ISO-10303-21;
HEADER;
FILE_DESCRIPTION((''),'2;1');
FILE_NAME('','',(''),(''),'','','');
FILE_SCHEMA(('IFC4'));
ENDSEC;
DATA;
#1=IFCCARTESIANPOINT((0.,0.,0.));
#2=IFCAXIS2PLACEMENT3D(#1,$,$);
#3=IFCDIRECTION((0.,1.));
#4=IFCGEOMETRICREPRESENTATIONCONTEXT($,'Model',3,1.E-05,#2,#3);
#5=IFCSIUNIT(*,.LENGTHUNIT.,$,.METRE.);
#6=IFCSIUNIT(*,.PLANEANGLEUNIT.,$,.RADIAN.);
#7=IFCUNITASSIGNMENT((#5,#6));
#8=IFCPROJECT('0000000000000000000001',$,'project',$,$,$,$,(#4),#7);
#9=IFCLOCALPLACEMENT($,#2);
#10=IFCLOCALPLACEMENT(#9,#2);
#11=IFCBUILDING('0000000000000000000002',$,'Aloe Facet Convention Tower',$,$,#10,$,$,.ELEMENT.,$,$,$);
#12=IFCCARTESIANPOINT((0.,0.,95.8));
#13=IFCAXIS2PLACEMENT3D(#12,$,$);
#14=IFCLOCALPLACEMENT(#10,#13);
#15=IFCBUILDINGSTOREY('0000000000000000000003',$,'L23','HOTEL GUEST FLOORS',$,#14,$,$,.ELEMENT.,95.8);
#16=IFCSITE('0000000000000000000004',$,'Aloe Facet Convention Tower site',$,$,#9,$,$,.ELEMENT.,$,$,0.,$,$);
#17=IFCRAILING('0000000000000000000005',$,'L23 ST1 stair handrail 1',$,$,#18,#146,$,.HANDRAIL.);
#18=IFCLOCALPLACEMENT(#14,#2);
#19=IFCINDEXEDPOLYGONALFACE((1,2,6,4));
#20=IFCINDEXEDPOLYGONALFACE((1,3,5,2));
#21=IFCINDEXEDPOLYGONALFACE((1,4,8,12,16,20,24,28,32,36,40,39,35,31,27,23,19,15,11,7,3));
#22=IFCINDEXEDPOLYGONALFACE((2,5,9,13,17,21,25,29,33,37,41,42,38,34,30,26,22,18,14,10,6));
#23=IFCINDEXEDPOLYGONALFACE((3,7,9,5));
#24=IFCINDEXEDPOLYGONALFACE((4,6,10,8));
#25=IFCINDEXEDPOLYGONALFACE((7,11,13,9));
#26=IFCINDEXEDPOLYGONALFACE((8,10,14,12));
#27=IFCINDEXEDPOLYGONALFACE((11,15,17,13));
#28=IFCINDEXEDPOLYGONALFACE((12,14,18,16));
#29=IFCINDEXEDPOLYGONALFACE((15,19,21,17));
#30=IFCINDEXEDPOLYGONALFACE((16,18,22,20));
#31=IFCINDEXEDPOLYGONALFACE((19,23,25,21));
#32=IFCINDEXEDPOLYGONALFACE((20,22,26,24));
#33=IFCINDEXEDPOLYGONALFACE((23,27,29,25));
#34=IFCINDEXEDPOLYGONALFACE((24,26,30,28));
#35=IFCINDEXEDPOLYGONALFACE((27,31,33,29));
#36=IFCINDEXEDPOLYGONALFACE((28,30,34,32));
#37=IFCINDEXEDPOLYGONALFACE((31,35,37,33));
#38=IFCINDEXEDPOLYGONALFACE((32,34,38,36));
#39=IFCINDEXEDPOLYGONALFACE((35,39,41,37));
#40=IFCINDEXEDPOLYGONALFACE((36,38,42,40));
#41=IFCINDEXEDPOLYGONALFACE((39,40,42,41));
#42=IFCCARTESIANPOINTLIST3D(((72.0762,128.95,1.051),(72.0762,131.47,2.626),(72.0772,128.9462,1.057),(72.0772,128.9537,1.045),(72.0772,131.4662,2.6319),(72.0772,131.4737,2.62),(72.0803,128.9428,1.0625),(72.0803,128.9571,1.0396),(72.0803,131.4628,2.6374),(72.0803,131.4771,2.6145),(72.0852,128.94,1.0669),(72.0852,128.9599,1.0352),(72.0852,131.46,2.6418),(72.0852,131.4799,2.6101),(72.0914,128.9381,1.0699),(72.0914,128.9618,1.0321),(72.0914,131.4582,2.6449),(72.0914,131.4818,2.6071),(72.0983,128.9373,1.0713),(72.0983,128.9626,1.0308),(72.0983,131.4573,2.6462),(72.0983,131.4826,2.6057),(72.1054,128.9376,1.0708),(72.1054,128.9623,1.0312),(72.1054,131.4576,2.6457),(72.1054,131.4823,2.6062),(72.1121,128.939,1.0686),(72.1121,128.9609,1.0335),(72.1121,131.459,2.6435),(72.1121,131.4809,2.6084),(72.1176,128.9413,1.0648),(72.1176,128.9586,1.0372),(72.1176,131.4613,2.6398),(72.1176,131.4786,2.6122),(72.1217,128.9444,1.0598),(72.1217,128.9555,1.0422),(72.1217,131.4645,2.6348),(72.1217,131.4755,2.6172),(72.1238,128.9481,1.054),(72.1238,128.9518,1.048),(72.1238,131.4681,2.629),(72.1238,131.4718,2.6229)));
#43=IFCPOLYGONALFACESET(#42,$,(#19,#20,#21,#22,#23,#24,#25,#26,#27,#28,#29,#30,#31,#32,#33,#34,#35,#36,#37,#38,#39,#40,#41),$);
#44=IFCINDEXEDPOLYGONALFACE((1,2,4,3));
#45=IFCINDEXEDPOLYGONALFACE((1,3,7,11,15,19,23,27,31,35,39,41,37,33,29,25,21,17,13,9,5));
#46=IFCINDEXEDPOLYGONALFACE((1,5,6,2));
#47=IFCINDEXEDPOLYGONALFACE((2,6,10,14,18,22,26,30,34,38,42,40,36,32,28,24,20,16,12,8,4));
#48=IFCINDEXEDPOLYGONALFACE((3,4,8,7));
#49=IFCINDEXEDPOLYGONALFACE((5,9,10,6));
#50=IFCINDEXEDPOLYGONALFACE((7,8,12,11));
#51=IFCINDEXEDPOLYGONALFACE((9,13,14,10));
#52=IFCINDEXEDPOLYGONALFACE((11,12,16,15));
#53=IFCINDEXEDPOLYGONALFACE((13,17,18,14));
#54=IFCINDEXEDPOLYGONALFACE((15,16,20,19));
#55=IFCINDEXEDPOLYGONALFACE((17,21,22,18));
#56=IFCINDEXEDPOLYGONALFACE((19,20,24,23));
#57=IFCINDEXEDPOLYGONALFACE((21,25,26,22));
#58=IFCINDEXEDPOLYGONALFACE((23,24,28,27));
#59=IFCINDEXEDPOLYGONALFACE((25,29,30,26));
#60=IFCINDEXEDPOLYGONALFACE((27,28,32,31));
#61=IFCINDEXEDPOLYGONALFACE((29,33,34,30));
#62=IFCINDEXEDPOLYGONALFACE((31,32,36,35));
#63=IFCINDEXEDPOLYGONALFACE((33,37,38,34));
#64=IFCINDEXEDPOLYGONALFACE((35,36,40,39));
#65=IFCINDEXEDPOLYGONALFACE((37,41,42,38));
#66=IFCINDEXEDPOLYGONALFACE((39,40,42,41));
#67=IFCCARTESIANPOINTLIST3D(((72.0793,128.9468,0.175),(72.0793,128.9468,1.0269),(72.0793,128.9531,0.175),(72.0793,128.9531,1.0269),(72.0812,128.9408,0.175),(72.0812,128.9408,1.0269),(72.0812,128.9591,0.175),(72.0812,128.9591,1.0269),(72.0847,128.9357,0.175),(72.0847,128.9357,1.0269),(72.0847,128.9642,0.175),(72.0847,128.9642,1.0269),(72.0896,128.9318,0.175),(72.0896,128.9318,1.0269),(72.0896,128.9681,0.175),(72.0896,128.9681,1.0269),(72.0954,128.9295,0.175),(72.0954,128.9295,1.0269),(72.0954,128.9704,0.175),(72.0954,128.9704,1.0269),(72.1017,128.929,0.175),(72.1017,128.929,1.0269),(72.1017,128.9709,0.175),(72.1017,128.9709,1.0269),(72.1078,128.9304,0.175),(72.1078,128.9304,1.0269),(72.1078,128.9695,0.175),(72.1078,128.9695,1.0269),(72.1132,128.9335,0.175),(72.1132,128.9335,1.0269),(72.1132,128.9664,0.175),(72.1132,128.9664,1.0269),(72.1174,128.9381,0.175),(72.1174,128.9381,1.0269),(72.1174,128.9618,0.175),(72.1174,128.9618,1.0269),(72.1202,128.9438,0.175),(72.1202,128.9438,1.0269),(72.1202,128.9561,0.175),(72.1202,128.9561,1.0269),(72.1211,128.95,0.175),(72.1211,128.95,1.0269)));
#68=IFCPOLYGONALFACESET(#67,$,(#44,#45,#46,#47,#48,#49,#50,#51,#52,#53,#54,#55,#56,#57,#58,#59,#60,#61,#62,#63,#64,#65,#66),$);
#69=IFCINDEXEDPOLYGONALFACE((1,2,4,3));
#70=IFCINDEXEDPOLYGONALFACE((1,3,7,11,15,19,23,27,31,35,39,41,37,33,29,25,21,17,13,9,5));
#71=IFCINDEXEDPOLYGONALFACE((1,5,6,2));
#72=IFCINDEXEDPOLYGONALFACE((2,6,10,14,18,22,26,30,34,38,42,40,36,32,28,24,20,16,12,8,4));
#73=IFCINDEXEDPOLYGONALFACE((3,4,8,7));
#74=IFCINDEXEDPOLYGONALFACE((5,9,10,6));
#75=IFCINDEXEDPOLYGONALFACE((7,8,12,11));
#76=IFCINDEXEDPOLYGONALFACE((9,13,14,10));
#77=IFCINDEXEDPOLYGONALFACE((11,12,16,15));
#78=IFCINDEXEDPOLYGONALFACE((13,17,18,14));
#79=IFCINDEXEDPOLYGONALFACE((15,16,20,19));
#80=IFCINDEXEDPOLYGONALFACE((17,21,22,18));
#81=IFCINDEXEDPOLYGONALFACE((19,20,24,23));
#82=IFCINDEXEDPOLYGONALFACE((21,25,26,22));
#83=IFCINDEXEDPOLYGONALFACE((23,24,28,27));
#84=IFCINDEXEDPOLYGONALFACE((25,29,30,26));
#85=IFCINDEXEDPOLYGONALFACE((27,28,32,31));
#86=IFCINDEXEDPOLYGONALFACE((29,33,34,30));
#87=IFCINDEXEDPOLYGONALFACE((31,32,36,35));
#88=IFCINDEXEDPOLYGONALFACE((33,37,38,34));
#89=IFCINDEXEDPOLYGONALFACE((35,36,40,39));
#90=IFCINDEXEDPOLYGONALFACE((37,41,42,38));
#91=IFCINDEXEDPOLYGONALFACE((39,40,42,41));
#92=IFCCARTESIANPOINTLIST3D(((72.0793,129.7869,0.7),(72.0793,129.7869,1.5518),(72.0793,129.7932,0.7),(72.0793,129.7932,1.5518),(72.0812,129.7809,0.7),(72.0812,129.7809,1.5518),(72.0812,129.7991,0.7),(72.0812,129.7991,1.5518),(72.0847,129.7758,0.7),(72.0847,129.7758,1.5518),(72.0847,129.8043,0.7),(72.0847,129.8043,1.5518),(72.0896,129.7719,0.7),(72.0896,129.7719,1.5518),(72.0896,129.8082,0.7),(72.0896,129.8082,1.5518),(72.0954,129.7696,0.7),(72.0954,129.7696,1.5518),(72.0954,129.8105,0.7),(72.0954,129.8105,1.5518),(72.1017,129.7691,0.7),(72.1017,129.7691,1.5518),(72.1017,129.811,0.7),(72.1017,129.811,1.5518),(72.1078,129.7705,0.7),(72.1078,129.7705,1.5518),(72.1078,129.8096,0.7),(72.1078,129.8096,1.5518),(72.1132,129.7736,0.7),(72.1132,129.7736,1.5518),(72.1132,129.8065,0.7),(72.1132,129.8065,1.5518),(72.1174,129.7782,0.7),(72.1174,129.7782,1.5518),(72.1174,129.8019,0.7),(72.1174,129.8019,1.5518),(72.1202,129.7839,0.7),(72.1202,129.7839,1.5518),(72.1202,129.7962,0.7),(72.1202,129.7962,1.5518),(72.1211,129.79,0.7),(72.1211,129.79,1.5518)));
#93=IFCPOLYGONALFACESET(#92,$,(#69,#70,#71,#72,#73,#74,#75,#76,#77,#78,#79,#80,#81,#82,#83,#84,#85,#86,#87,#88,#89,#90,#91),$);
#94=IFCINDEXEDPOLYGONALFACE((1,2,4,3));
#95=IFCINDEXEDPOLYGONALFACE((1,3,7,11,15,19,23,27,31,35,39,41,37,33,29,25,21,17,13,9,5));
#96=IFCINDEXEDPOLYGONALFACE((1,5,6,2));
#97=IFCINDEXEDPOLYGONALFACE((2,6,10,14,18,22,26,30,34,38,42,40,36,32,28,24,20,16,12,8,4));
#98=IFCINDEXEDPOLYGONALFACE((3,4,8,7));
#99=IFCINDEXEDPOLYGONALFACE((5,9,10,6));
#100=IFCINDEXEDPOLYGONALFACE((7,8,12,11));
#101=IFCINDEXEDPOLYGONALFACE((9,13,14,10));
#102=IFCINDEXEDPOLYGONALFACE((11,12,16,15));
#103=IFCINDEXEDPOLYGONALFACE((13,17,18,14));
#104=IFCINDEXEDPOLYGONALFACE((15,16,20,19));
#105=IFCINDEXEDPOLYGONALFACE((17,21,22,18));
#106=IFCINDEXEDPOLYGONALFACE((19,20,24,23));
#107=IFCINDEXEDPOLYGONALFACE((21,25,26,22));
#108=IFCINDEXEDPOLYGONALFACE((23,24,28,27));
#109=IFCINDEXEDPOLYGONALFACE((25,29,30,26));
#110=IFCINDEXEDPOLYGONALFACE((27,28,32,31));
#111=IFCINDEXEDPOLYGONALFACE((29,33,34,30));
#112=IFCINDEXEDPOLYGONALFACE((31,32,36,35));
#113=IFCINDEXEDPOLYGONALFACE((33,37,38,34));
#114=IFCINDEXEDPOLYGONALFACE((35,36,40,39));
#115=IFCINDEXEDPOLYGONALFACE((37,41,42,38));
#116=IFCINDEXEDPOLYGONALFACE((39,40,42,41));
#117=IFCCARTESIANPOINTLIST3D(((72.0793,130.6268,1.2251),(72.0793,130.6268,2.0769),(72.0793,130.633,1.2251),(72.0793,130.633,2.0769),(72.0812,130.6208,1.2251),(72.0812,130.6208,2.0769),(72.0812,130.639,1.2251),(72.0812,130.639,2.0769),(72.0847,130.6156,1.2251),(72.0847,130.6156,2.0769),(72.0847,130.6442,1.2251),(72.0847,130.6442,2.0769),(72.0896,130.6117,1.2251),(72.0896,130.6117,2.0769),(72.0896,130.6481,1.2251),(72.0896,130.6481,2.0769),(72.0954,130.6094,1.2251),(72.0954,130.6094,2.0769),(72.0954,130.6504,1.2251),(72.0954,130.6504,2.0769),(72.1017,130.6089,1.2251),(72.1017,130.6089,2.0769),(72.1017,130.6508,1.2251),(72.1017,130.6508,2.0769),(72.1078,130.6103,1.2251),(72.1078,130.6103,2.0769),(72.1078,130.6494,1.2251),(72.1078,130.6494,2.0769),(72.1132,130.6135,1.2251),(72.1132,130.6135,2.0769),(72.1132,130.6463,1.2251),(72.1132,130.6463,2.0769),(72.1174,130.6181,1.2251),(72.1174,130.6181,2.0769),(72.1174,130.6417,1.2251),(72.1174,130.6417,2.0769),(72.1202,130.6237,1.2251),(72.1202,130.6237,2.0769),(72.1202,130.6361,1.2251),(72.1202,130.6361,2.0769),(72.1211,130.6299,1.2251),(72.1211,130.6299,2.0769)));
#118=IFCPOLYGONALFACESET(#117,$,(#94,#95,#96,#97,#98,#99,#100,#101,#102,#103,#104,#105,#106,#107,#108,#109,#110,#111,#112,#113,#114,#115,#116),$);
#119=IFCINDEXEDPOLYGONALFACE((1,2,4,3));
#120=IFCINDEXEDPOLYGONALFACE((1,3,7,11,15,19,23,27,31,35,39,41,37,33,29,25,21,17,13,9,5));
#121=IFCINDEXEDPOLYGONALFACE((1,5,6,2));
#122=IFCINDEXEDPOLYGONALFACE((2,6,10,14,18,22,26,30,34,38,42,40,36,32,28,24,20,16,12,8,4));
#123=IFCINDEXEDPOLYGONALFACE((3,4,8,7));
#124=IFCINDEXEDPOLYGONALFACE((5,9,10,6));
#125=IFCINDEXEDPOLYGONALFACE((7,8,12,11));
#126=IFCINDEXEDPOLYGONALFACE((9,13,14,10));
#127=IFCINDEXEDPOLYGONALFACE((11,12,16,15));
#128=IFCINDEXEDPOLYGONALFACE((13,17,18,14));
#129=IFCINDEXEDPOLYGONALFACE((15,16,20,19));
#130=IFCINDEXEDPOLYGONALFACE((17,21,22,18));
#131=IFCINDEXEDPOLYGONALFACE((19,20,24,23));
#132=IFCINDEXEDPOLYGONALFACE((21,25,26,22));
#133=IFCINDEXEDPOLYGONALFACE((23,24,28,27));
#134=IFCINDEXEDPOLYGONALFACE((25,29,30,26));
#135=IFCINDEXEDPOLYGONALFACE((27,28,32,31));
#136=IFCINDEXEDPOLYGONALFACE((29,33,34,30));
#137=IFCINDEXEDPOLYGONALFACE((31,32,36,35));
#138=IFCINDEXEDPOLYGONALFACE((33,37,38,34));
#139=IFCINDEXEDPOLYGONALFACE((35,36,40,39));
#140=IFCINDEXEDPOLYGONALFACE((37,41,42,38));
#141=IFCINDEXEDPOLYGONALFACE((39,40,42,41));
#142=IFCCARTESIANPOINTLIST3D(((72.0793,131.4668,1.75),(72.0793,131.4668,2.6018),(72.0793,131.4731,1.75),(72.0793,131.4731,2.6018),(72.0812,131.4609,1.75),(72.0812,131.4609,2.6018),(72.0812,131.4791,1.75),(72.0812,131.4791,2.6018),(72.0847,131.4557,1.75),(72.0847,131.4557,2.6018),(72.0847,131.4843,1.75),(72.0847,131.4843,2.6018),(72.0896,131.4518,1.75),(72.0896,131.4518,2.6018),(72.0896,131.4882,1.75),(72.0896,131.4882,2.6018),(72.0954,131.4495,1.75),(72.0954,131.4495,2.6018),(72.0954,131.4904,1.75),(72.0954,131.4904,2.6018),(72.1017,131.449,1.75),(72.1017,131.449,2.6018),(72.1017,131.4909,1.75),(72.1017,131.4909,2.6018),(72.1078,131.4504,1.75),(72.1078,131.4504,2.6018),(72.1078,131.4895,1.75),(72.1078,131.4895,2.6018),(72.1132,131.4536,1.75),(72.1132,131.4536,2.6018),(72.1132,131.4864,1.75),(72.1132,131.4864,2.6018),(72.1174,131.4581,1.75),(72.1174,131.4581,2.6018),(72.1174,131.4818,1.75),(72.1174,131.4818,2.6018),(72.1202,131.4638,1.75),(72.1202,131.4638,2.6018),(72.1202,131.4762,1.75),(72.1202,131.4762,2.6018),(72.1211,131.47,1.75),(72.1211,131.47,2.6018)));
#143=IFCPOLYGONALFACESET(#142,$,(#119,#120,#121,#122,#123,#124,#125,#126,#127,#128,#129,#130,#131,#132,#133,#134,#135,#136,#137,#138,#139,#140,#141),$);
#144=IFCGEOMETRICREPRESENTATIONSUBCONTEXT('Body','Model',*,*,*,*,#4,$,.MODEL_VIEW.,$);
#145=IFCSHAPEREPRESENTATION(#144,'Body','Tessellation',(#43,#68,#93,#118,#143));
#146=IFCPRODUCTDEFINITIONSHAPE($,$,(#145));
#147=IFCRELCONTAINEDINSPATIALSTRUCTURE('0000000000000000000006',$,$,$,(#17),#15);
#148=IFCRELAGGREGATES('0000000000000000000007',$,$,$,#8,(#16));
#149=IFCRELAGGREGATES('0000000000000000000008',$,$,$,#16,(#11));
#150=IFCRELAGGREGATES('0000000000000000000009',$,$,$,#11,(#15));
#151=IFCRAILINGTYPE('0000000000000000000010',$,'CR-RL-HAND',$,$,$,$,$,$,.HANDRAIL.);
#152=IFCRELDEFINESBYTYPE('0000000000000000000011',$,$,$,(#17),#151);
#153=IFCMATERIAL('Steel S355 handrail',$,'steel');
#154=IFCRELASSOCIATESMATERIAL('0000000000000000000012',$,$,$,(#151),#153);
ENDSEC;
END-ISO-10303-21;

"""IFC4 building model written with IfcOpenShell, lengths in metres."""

from ifc_helpers import new_model, si_unit, direction, frame, origin, origin_2d, place, context, subcontext, project, spatial, circle, extrude, material, type_object, element, save


model = new_model("IFC4")

# Units and contexts
model_context = context("Model", 3, precision=1e-05, world=origin(), true_north=direction((0.0, 1.0)))
body_context = subcontext(model_context, "Body", "Model", "MODEL_VIEW")
ifc_project = project(units=[si_unit("LENGTHUNIT", "METRE"), si_unit("PLANEANGLEUNIT", "RADIAN")], contexts=[model_context])

# Site, building, storey
site_placement = place(None, origin())
site = spatial("IfcSite", under=ifc_project, at=site_placement, Name="Aloe Facet Convention Tower site", CompositionType="ELEMENT", RefElevation=0.0)
building_placement = place(site_placement, origin())
building = spatial("IfcBuilding", under=site, at=building_placement, Name="Aloe Facet Convention Tower", CompositionType="ELEMENT")
storey_placement = place(building_placement, frame((0.0, 0.0, 95.8)))
storey = spatial("IfcBuildingStorey", under=building, at=storey_placement, Name="L23", Description="HOTEL GUEST FLOORS", CompositionType="ELEMENT", Elevation=95.8)

# Railing
ifc_material_1 = material(Name="Steel S355 handrail", Category="steel")
railing_type_1 = type_object("IfcRailingType", Name="CR-RL-HAND", PredefinedType="HANDRAIL", material=ifc_material_1)
railing_1_placement = place(storey_placement, frame((72.1001, 128.95, 0.175)))
element("IfcRailing", 1, at=railing_1_placement, inside=storey, type_object=railing_type_1, Name="L23 ST1 stair handrail 1", PredefinedType="HANDRAIL", context=body_context, shape_type="SweptSolid", body=[
    extrude(circle(Radius=0.0239, at=origin_2d()), frame((0.0, 0.0, 0.876), z_axis=(0.0, 0.848008, 0.529984), x_axis=(-1.0, 0.0, 0.0)), (0.0, 0.0, 1.0), 2.9717),
    extrude(circle(Radius=0.021, at=origin_2d()), origin(), (0.0, 0.0, 1.0), 0.8518),
    extrude(circle(Radius=0.021, at=origin_2d()), frame((0.0, 0.8401, 0.5249)), (0.0, 0.0, 1.0), 0.8518),
    extrude(circle(Radius=0.021, at=origin_2d()), frame((0.0, 1.6799, 1.05)), (0.0, 0.0, 1.0), 0.8518),
    extrude(circle(Radius=0.021, at=origin_2d()), frame((0.0, 2.52, 1.575)), (0.0, 0.0, 1.0), 0.8518),
])

save(model, "model.ifc")
